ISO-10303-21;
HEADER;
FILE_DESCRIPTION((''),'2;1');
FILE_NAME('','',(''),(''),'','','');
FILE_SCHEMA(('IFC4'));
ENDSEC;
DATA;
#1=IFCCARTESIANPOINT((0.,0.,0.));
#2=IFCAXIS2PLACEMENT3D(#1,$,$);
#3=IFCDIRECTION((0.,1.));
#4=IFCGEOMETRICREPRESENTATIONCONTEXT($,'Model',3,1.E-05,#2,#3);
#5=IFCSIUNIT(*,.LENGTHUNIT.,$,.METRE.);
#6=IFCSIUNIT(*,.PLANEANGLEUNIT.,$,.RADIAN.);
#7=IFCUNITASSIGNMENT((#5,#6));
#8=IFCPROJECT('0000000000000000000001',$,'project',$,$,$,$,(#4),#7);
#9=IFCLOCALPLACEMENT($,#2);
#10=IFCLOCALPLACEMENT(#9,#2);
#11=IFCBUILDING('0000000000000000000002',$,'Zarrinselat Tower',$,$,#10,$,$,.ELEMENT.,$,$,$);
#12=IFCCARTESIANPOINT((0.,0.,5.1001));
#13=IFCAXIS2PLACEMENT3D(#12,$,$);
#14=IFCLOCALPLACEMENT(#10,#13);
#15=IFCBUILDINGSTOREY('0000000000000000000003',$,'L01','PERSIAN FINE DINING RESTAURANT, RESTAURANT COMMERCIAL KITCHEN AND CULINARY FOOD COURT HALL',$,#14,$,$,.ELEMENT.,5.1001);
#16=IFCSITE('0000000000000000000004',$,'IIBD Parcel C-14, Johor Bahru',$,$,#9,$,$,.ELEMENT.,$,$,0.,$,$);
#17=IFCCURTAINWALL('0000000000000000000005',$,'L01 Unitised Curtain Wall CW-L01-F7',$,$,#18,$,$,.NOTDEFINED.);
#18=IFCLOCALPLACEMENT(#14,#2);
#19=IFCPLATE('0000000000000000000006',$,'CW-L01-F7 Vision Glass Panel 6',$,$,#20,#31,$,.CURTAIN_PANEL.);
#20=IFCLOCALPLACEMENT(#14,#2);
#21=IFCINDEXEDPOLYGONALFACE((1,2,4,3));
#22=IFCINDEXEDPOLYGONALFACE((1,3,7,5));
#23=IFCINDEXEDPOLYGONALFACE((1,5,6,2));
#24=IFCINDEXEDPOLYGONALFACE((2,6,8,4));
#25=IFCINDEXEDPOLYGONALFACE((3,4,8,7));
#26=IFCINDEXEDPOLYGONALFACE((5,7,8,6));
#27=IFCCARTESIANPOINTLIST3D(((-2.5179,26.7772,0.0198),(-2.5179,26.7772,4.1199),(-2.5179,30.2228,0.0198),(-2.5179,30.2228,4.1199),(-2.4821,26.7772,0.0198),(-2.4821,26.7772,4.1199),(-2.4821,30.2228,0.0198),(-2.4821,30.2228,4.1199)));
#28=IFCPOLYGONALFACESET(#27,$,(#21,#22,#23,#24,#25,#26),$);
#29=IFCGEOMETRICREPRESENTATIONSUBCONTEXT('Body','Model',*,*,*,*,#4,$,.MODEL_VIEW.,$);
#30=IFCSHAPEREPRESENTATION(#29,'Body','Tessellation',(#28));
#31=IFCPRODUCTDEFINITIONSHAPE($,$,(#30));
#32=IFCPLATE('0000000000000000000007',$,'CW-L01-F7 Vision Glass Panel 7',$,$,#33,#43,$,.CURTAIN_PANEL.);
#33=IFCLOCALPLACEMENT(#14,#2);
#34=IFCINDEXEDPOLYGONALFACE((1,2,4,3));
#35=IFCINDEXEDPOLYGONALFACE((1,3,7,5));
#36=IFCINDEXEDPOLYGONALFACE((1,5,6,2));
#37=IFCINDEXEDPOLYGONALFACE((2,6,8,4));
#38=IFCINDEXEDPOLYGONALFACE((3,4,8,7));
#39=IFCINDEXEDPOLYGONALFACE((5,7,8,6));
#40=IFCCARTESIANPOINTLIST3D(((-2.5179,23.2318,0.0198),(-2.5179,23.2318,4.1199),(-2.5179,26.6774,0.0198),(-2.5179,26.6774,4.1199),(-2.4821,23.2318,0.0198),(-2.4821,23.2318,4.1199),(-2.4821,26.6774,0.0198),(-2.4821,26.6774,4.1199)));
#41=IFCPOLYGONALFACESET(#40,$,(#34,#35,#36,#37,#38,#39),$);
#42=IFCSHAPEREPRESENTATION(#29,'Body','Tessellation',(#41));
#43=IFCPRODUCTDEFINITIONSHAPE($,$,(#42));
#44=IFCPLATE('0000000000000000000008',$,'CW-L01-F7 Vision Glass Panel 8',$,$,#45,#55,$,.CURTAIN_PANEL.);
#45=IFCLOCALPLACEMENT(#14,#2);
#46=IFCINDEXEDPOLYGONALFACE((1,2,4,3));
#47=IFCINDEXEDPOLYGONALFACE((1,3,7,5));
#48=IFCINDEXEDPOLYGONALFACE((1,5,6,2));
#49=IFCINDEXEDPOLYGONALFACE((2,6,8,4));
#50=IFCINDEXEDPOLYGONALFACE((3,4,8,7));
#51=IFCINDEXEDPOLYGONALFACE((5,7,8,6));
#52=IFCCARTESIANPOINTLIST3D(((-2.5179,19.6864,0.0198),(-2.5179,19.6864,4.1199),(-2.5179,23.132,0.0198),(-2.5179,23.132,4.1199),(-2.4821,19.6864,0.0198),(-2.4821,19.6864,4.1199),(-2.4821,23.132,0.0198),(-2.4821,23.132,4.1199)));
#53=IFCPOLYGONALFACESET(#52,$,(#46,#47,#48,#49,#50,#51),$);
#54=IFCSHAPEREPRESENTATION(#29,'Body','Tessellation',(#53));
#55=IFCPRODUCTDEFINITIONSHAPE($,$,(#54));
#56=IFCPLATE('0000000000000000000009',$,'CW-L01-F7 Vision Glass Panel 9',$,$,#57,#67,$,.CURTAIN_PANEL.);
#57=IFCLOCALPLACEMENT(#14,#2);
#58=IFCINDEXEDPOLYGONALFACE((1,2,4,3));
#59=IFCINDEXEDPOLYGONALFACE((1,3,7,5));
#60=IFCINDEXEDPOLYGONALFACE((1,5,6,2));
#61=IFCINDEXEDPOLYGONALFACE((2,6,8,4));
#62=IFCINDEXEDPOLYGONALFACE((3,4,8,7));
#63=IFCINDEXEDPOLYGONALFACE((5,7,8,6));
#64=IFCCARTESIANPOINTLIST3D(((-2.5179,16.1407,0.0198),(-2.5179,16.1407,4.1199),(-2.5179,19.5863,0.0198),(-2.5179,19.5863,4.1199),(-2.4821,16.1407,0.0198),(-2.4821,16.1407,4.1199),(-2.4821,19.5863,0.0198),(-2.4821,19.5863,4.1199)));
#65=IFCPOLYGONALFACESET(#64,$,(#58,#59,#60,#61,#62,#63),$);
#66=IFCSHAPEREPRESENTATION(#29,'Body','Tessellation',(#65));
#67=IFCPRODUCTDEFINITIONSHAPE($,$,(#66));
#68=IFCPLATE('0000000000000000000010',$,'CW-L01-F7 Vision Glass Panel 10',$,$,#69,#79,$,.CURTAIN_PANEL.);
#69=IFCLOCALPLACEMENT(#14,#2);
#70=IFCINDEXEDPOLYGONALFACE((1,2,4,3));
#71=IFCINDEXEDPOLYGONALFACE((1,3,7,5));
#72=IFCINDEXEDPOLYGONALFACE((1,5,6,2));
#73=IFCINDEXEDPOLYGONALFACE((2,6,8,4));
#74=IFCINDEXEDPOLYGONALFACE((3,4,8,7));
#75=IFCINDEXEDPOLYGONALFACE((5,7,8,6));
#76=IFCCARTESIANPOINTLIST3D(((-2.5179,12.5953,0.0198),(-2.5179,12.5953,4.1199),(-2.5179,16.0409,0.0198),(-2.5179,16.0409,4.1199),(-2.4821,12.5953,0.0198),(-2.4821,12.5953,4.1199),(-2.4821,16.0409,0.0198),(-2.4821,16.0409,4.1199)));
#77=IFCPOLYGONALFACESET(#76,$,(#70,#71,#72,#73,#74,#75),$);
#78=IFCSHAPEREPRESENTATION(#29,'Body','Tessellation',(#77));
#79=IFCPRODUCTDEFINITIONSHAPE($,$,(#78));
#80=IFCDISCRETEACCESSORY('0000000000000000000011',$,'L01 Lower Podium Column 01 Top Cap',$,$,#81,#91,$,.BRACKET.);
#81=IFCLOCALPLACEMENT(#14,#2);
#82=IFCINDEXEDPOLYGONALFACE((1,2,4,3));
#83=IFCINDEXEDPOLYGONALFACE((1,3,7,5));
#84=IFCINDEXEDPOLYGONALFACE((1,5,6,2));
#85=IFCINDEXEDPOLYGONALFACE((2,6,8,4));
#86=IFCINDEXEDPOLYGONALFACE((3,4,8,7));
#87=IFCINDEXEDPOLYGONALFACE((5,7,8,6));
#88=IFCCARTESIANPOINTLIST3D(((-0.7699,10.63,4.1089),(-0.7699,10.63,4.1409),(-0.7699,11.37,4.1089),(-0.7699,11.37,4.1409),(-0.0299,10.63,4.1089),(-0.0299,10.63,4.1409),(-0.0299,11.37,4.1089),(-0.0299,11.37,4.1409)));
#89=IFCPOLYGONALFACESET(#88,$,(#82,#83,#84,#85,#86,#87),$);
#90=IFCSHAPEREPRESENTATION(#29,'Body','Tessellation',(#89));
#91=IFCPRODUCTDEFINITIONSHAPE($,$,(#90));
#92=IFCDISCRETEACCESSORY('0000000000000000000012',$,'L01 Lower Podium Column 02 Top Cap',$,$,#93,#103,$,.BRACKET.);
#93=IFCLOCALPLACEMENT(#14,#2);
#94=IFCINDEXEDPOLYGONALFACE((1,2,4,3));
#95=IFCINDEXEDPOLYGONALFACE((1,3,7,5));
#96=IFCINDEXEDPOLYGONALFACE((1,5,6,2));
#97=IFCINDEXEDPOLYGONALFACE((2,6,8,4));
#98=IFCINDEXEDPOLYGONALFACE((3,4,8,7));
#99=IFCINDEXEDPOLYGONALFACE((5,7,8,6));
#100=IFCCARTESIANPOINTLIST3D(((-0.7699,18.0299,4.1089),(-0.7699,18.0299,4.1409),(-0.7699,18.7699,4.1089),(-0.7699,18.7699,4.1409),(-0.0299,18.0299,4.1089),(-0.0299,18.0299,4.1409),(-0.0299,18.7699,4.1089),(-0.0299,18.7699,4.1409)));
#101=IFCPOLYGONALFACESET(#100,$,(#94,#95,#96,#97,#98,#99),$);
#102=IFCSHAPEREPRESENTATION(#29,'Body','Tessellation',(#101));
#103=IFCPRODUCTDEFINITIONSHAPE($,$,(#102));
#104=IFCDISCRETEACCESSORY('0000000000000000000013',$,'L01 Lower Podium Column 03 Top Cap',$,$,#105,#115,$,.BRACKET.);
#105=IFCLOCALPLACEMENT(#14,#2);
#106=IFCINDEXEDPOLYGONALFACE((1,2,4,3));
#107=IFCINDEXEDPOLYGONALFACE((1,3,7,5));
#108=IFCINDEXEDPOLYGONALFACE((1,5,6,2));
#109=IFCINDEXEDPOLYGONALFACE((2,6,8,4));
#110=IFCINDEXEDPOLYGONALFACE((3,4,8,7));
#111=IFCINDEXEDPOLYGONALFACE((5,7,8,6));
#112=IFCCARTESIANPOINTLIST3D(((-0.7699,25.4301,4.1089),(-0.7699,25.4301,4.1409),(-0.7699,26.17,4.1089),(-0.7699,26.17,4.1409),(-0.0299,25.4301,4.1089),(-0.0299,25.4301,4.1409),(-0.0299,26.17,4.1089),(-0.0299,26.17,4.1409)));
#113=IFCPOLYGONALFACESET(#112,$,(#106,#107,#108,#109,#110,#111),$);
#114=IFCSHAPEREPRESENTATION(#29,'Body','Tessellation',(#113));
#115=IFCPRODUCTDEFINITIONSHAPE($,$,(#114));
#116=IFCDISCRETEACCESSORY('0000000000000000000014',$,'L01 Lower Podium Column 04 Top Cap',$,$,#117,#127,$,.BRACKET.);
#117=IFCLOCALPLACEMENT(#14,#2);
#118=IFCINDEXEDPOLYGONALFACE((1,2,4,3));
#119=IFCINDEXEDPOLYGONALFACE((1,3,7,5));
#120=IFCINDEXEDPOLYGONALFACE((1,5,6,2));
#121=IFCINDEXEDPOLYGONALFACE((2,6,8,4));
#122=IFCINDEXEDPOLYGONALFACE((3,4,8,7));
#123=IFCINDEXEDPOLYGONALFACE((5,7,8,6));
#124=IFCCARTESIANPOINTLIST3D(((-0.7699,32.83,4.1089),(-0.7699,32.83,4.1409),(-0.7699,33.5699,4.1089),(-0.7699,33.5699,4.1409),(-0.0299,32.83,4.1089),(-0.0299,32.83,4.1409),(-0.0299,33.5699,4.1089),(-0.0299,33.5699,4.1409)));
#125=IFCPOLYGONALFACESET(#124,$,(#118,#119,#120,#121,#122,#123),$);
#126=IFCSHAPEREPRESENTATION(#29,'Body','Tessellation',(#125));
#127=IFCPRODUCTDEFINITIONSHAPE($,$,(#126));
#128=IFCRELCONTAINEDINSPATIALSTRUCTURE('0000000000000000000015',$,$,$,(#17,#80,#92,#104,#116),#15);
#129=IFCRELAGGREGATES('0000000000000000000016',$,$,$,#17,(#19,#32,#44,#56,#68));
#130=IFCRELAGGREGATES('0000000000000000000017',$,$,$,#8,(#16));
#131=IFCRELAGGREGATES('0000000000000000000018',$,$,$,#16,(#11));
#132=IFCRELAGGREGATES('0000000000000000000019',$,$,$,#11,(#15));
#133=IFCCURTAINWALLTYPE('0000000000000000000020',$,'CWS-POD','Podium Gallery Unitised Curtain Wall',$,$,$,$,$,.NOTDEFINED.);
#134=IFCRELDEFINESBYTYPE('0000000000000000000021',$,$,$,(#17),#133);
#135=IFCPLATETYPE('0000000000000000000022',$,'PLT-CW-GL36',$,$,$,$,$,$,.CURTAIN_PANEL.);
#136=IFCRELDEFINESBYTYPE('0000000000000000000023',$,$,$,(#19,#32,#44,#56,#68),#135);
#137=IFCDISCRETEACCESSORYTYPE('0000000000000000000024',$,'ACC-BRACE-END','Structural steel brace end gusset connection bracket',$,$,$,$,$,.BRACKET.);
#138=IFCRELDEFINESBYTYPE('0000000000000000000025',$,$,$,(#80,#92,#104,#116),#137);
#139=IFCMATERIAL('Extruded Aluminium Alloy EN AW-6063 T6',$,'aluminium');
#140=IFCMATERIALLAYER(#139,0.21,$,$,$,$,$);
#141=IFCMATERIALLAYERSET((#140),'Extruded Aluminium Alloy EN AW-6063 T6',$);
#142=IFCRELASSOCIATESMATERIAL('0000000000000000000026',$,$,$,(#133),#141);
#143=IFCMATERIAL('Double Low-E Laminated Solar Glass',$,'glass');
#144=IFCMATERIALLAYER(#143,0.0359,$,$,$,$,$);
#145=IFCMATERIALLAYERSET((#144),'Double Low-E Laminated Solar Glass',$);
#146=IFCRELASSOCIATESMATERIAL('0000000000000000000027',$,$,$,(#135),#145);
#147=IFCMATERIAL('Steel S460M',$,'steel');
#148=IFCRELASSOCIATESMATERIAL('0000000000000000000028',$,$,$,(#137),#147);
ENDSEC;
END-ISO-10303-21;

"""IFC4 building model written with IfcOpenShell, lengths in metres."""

from ifc_helpers import new_model, si_unit, direction, frame, origin, origin_2d, place, context, subcontext, project, spatial, rectangle, extrude, material, layer, layer_set, type_object, element, aggregate, save


model = new_model("IFC4")

# Units and contexts
model_context = context("Model", 3, precision=1e-05, world=origin(), true_north=direction((0.0, 1.0)))
body_context = subcontext(model_context, "Body", "Model", "MODEL_VIEW")
ifc_project = project(units=[si_unit("LENGTHUNIT", "METRE"), si_unit("PLANEANGLEUNIT", "RADIAN")], contexts=[model_context])

# Site, building, storey
site_placement = place(None, origin())
site = spatial("IfcSite", under=ifc_project, at=site_placement, Name="IIBD Parcel C-14, Johor Bahru", CompositionType="ELEMENT", RefElevation=0.0)
building_placement = place(site_placement, origin())
building = spatial("IfcBuilding", under=site, at=building_placement, Name="Zarrinselat Tower", CompositionType="ELEMENT")
storey_placement = place(building_placement, frame((0.0, 0.0, 5.1001)))
storey = spatial("IfcBuildingStorey", under=building, at=storey_placement, Name="L01", Description="PERSIAN FINE DINING RESTAURANT, RESTAURANT COMMERCIAL KITCHEN AND CULINARY FOOD COURT HALL", CompositionType="ELEMENT", Elevation=5.1001)

# Curtain wall, plates
ifc_material_1 = material(Name="Extruded Aluminium Alloy EN AW-6063 T6", Category="aluminium")
ifc_layer_1 = layer(ifc_material_1, 0.21)
ifc_layer_set_1 = layer_set([ifc_layer_1], Name="Extruded Aluminium Alloy EN AW-6063 T6")
curtain_wall_type = type_object("IfcCurtainWallType", Name="CWS-POD", Description="Podium Gallery Unitised Curtain Wall", PredefinedType="NOTDEFINED", material=ifc_layer_set_1)
curtain_wall_placement = place(storey_placement, origin())
curtain_wall = element("IfcCurtainWall", 1, at=curtain_wall_placement, inside=storey, type_object=curtain_wall_type, Name="L01 Unitised Curtain Wall CW-L01-F7", PredefinedType="NOTDEFINED")
ifc_material_2 = material(Name="Double Low-E Laminated Solar Glass", Category="glass")
ifc_layer_2 = layer(ifc_material_2, 0.0359)
ifc_layer_set_2 = layer_set([ifc_layer_2], Name="Double Low-E Laminated Solar Glass")
plate_type = type_object("IfcPlateType", Name="PLT-CW-GL36", PredefinedType="CURTAIN_PANEL", material=ifc_layer_set_2)
plate_1_placement = place(storey_placement, frame((-2.5, 28.5, 0.0198), z_axis=(0.0, 0.0, 1.0), x_axis=(0.0, -1.0, 0.0)))
plate_1 = element("IfcPlate", 2, at=plate_1_placement, type_object=plate_type, Name="CW-L01-F7 Vision Glass Panel 6", PredefinedType="CURTAIN_PANEL", context=body_context, shape_type="SweptSolid", body=[
    extrude(rectangle(XDim=3.4456, YDim=0.0359, at=origin_2d()), origin(), (0.0, 0.0, 1.0), 4.1001),
])
plate_2_placement = place(storey_placement, frame((-2.5, 24.9546, 0.0198), z_axis=(0.0, 0.0, 1.0), x_axis=(0.0, -1.0, 0.0)))
plate_2 = element("IfcPlate", 3, at=plate_2_placement, type_object=plate_type, Name="CW-L01-F7 Vision Glass Panel 7", PredefinedType="CURTAIN_PANEL", context=body_context, shape_type="SweptSolid", body=[
    extrude(rectangle(XDim=3.4456, YDim=0.0359, at=origin_2d()), origin(), (0.0, 0.0, 1.0), 4.1001),
])
plate_3_placement = place(storey_placement, frame((-2.5, 21.4092, 0.0198), z_axis=(0.0, 0.0, 1.0), x_axis=(0.0, -1.0, 0.0)))
plate_3 = element("IfcPlate", 4, at=plate_3_placement, type_object=plate_type, Name="CW-L01-F7 Vision Glass Panel 8", PredefinedType="CURTAIN_PANEL", context=body_context, shape_type="SweptSolid", body=[
    extrude(rectangle(XDim=3.4456, YDim=0.0359, at=origin_2d()), origin(), (0.0, 0.0, 1.0), 4.1001),
])
plate_4_placement = place(storey_placement, frame((-2.5, 17.8635, 0.0198), z_axis=(0.0, 0.0, 1.0), x_axis=(0.0, -1.0, 0.0)))
plate_4 = element("IfcPlate", 5, at=plate_4_placement, type_object=plate_type, Name="CW-L01-F7 Vision Glass Panel 9", PredefinedType="CURTAIN_PANEL", context=body_context, shape_type="SweptSolid", body=[
    extrude(rectangle(XDim=3.4456, YDim=0.0359, at=origin_2d()), origin(), (0.0, 0.0, 1.0), 4.1001),
])
plate_5_placement = place(storey_placement, frame((-2.5, 14.3181, 0.0198), z_axis=(0.0, 0.0, 1.0), x_axis=(0.0, -1.0, 0.0)))
plate_5 = element("IfcPlate", 6, at=plate_5_placement, type_object=plate_type, Name="CW-L01-F7 Vision Glass Panel 10", PredefinedType="CURTAIN_PANEL", context=body_context, shape_type="SweptSolid", body=[
    extrude(rectangle(XDim=3.4456, YDim=0.0359, at=origin_2d()), origin(), (0.0, 0.0, 1.0), 4.1001),
])
aggregate(curtain_wall, [plate_1, plate_2, plate_3, plate_4, plate_5])

# Discrete accessories
ifc_material_3 = material(Name="Steel S460M", Category="steel")
discrete_accessory_type = type_object("IfcDiscreteAccessoryType", Name="ACC-BRACE-END", Description="Structural steel brace end gusset connection bracket", PredefinedType="BRACKET", material=ifc_material_3)
for number, where, z_axis, x_axis, name in (
    (7, (-0.3999, 11.0, 4.1089), (0.0, 0.0, 1.0), (1.0, 0.0, 0.0), "L01 Lower Podium Column 01 Top Cap"),
    (8, (-0.3999, 18.3999, 4.1089), (0.0, 0.0, 1.0), (1.0, 0.0, 0.0), "L01 Lower Podium Column 02 Top Cap"),
    (9, (-0.3999, 25.8, 4.1089), (0.0, 0.0, 1.0), (1.0, 0.0, 0.0), "L01 Lower Podium Column 03 Top Cap"),
    (10, (-0.3999, 33.2, 4.1089), (0.0, 0.0, 1.0), (1.0, 0.0, 0.0), "L01 Lower Podium Column 04 Top Cap"),
):
    element("IfcDiscreteAccessory", number, at=place(storey_placement, frame(where, z_axis=z_axis, x_axis=x_axis)), inside=storey, type_object=discrete_accessory_type, Name=name, PredefinedType="BRACKET", context=body_context, shape_type="SweptSolid", body=[
        extrude(rectangle(XDim=0.74, YDim=0.74, at=origin_2d()), origin(), (0.0, 0.0, 1.0), 0.032),
    ])

save(model, "model.ifc")
